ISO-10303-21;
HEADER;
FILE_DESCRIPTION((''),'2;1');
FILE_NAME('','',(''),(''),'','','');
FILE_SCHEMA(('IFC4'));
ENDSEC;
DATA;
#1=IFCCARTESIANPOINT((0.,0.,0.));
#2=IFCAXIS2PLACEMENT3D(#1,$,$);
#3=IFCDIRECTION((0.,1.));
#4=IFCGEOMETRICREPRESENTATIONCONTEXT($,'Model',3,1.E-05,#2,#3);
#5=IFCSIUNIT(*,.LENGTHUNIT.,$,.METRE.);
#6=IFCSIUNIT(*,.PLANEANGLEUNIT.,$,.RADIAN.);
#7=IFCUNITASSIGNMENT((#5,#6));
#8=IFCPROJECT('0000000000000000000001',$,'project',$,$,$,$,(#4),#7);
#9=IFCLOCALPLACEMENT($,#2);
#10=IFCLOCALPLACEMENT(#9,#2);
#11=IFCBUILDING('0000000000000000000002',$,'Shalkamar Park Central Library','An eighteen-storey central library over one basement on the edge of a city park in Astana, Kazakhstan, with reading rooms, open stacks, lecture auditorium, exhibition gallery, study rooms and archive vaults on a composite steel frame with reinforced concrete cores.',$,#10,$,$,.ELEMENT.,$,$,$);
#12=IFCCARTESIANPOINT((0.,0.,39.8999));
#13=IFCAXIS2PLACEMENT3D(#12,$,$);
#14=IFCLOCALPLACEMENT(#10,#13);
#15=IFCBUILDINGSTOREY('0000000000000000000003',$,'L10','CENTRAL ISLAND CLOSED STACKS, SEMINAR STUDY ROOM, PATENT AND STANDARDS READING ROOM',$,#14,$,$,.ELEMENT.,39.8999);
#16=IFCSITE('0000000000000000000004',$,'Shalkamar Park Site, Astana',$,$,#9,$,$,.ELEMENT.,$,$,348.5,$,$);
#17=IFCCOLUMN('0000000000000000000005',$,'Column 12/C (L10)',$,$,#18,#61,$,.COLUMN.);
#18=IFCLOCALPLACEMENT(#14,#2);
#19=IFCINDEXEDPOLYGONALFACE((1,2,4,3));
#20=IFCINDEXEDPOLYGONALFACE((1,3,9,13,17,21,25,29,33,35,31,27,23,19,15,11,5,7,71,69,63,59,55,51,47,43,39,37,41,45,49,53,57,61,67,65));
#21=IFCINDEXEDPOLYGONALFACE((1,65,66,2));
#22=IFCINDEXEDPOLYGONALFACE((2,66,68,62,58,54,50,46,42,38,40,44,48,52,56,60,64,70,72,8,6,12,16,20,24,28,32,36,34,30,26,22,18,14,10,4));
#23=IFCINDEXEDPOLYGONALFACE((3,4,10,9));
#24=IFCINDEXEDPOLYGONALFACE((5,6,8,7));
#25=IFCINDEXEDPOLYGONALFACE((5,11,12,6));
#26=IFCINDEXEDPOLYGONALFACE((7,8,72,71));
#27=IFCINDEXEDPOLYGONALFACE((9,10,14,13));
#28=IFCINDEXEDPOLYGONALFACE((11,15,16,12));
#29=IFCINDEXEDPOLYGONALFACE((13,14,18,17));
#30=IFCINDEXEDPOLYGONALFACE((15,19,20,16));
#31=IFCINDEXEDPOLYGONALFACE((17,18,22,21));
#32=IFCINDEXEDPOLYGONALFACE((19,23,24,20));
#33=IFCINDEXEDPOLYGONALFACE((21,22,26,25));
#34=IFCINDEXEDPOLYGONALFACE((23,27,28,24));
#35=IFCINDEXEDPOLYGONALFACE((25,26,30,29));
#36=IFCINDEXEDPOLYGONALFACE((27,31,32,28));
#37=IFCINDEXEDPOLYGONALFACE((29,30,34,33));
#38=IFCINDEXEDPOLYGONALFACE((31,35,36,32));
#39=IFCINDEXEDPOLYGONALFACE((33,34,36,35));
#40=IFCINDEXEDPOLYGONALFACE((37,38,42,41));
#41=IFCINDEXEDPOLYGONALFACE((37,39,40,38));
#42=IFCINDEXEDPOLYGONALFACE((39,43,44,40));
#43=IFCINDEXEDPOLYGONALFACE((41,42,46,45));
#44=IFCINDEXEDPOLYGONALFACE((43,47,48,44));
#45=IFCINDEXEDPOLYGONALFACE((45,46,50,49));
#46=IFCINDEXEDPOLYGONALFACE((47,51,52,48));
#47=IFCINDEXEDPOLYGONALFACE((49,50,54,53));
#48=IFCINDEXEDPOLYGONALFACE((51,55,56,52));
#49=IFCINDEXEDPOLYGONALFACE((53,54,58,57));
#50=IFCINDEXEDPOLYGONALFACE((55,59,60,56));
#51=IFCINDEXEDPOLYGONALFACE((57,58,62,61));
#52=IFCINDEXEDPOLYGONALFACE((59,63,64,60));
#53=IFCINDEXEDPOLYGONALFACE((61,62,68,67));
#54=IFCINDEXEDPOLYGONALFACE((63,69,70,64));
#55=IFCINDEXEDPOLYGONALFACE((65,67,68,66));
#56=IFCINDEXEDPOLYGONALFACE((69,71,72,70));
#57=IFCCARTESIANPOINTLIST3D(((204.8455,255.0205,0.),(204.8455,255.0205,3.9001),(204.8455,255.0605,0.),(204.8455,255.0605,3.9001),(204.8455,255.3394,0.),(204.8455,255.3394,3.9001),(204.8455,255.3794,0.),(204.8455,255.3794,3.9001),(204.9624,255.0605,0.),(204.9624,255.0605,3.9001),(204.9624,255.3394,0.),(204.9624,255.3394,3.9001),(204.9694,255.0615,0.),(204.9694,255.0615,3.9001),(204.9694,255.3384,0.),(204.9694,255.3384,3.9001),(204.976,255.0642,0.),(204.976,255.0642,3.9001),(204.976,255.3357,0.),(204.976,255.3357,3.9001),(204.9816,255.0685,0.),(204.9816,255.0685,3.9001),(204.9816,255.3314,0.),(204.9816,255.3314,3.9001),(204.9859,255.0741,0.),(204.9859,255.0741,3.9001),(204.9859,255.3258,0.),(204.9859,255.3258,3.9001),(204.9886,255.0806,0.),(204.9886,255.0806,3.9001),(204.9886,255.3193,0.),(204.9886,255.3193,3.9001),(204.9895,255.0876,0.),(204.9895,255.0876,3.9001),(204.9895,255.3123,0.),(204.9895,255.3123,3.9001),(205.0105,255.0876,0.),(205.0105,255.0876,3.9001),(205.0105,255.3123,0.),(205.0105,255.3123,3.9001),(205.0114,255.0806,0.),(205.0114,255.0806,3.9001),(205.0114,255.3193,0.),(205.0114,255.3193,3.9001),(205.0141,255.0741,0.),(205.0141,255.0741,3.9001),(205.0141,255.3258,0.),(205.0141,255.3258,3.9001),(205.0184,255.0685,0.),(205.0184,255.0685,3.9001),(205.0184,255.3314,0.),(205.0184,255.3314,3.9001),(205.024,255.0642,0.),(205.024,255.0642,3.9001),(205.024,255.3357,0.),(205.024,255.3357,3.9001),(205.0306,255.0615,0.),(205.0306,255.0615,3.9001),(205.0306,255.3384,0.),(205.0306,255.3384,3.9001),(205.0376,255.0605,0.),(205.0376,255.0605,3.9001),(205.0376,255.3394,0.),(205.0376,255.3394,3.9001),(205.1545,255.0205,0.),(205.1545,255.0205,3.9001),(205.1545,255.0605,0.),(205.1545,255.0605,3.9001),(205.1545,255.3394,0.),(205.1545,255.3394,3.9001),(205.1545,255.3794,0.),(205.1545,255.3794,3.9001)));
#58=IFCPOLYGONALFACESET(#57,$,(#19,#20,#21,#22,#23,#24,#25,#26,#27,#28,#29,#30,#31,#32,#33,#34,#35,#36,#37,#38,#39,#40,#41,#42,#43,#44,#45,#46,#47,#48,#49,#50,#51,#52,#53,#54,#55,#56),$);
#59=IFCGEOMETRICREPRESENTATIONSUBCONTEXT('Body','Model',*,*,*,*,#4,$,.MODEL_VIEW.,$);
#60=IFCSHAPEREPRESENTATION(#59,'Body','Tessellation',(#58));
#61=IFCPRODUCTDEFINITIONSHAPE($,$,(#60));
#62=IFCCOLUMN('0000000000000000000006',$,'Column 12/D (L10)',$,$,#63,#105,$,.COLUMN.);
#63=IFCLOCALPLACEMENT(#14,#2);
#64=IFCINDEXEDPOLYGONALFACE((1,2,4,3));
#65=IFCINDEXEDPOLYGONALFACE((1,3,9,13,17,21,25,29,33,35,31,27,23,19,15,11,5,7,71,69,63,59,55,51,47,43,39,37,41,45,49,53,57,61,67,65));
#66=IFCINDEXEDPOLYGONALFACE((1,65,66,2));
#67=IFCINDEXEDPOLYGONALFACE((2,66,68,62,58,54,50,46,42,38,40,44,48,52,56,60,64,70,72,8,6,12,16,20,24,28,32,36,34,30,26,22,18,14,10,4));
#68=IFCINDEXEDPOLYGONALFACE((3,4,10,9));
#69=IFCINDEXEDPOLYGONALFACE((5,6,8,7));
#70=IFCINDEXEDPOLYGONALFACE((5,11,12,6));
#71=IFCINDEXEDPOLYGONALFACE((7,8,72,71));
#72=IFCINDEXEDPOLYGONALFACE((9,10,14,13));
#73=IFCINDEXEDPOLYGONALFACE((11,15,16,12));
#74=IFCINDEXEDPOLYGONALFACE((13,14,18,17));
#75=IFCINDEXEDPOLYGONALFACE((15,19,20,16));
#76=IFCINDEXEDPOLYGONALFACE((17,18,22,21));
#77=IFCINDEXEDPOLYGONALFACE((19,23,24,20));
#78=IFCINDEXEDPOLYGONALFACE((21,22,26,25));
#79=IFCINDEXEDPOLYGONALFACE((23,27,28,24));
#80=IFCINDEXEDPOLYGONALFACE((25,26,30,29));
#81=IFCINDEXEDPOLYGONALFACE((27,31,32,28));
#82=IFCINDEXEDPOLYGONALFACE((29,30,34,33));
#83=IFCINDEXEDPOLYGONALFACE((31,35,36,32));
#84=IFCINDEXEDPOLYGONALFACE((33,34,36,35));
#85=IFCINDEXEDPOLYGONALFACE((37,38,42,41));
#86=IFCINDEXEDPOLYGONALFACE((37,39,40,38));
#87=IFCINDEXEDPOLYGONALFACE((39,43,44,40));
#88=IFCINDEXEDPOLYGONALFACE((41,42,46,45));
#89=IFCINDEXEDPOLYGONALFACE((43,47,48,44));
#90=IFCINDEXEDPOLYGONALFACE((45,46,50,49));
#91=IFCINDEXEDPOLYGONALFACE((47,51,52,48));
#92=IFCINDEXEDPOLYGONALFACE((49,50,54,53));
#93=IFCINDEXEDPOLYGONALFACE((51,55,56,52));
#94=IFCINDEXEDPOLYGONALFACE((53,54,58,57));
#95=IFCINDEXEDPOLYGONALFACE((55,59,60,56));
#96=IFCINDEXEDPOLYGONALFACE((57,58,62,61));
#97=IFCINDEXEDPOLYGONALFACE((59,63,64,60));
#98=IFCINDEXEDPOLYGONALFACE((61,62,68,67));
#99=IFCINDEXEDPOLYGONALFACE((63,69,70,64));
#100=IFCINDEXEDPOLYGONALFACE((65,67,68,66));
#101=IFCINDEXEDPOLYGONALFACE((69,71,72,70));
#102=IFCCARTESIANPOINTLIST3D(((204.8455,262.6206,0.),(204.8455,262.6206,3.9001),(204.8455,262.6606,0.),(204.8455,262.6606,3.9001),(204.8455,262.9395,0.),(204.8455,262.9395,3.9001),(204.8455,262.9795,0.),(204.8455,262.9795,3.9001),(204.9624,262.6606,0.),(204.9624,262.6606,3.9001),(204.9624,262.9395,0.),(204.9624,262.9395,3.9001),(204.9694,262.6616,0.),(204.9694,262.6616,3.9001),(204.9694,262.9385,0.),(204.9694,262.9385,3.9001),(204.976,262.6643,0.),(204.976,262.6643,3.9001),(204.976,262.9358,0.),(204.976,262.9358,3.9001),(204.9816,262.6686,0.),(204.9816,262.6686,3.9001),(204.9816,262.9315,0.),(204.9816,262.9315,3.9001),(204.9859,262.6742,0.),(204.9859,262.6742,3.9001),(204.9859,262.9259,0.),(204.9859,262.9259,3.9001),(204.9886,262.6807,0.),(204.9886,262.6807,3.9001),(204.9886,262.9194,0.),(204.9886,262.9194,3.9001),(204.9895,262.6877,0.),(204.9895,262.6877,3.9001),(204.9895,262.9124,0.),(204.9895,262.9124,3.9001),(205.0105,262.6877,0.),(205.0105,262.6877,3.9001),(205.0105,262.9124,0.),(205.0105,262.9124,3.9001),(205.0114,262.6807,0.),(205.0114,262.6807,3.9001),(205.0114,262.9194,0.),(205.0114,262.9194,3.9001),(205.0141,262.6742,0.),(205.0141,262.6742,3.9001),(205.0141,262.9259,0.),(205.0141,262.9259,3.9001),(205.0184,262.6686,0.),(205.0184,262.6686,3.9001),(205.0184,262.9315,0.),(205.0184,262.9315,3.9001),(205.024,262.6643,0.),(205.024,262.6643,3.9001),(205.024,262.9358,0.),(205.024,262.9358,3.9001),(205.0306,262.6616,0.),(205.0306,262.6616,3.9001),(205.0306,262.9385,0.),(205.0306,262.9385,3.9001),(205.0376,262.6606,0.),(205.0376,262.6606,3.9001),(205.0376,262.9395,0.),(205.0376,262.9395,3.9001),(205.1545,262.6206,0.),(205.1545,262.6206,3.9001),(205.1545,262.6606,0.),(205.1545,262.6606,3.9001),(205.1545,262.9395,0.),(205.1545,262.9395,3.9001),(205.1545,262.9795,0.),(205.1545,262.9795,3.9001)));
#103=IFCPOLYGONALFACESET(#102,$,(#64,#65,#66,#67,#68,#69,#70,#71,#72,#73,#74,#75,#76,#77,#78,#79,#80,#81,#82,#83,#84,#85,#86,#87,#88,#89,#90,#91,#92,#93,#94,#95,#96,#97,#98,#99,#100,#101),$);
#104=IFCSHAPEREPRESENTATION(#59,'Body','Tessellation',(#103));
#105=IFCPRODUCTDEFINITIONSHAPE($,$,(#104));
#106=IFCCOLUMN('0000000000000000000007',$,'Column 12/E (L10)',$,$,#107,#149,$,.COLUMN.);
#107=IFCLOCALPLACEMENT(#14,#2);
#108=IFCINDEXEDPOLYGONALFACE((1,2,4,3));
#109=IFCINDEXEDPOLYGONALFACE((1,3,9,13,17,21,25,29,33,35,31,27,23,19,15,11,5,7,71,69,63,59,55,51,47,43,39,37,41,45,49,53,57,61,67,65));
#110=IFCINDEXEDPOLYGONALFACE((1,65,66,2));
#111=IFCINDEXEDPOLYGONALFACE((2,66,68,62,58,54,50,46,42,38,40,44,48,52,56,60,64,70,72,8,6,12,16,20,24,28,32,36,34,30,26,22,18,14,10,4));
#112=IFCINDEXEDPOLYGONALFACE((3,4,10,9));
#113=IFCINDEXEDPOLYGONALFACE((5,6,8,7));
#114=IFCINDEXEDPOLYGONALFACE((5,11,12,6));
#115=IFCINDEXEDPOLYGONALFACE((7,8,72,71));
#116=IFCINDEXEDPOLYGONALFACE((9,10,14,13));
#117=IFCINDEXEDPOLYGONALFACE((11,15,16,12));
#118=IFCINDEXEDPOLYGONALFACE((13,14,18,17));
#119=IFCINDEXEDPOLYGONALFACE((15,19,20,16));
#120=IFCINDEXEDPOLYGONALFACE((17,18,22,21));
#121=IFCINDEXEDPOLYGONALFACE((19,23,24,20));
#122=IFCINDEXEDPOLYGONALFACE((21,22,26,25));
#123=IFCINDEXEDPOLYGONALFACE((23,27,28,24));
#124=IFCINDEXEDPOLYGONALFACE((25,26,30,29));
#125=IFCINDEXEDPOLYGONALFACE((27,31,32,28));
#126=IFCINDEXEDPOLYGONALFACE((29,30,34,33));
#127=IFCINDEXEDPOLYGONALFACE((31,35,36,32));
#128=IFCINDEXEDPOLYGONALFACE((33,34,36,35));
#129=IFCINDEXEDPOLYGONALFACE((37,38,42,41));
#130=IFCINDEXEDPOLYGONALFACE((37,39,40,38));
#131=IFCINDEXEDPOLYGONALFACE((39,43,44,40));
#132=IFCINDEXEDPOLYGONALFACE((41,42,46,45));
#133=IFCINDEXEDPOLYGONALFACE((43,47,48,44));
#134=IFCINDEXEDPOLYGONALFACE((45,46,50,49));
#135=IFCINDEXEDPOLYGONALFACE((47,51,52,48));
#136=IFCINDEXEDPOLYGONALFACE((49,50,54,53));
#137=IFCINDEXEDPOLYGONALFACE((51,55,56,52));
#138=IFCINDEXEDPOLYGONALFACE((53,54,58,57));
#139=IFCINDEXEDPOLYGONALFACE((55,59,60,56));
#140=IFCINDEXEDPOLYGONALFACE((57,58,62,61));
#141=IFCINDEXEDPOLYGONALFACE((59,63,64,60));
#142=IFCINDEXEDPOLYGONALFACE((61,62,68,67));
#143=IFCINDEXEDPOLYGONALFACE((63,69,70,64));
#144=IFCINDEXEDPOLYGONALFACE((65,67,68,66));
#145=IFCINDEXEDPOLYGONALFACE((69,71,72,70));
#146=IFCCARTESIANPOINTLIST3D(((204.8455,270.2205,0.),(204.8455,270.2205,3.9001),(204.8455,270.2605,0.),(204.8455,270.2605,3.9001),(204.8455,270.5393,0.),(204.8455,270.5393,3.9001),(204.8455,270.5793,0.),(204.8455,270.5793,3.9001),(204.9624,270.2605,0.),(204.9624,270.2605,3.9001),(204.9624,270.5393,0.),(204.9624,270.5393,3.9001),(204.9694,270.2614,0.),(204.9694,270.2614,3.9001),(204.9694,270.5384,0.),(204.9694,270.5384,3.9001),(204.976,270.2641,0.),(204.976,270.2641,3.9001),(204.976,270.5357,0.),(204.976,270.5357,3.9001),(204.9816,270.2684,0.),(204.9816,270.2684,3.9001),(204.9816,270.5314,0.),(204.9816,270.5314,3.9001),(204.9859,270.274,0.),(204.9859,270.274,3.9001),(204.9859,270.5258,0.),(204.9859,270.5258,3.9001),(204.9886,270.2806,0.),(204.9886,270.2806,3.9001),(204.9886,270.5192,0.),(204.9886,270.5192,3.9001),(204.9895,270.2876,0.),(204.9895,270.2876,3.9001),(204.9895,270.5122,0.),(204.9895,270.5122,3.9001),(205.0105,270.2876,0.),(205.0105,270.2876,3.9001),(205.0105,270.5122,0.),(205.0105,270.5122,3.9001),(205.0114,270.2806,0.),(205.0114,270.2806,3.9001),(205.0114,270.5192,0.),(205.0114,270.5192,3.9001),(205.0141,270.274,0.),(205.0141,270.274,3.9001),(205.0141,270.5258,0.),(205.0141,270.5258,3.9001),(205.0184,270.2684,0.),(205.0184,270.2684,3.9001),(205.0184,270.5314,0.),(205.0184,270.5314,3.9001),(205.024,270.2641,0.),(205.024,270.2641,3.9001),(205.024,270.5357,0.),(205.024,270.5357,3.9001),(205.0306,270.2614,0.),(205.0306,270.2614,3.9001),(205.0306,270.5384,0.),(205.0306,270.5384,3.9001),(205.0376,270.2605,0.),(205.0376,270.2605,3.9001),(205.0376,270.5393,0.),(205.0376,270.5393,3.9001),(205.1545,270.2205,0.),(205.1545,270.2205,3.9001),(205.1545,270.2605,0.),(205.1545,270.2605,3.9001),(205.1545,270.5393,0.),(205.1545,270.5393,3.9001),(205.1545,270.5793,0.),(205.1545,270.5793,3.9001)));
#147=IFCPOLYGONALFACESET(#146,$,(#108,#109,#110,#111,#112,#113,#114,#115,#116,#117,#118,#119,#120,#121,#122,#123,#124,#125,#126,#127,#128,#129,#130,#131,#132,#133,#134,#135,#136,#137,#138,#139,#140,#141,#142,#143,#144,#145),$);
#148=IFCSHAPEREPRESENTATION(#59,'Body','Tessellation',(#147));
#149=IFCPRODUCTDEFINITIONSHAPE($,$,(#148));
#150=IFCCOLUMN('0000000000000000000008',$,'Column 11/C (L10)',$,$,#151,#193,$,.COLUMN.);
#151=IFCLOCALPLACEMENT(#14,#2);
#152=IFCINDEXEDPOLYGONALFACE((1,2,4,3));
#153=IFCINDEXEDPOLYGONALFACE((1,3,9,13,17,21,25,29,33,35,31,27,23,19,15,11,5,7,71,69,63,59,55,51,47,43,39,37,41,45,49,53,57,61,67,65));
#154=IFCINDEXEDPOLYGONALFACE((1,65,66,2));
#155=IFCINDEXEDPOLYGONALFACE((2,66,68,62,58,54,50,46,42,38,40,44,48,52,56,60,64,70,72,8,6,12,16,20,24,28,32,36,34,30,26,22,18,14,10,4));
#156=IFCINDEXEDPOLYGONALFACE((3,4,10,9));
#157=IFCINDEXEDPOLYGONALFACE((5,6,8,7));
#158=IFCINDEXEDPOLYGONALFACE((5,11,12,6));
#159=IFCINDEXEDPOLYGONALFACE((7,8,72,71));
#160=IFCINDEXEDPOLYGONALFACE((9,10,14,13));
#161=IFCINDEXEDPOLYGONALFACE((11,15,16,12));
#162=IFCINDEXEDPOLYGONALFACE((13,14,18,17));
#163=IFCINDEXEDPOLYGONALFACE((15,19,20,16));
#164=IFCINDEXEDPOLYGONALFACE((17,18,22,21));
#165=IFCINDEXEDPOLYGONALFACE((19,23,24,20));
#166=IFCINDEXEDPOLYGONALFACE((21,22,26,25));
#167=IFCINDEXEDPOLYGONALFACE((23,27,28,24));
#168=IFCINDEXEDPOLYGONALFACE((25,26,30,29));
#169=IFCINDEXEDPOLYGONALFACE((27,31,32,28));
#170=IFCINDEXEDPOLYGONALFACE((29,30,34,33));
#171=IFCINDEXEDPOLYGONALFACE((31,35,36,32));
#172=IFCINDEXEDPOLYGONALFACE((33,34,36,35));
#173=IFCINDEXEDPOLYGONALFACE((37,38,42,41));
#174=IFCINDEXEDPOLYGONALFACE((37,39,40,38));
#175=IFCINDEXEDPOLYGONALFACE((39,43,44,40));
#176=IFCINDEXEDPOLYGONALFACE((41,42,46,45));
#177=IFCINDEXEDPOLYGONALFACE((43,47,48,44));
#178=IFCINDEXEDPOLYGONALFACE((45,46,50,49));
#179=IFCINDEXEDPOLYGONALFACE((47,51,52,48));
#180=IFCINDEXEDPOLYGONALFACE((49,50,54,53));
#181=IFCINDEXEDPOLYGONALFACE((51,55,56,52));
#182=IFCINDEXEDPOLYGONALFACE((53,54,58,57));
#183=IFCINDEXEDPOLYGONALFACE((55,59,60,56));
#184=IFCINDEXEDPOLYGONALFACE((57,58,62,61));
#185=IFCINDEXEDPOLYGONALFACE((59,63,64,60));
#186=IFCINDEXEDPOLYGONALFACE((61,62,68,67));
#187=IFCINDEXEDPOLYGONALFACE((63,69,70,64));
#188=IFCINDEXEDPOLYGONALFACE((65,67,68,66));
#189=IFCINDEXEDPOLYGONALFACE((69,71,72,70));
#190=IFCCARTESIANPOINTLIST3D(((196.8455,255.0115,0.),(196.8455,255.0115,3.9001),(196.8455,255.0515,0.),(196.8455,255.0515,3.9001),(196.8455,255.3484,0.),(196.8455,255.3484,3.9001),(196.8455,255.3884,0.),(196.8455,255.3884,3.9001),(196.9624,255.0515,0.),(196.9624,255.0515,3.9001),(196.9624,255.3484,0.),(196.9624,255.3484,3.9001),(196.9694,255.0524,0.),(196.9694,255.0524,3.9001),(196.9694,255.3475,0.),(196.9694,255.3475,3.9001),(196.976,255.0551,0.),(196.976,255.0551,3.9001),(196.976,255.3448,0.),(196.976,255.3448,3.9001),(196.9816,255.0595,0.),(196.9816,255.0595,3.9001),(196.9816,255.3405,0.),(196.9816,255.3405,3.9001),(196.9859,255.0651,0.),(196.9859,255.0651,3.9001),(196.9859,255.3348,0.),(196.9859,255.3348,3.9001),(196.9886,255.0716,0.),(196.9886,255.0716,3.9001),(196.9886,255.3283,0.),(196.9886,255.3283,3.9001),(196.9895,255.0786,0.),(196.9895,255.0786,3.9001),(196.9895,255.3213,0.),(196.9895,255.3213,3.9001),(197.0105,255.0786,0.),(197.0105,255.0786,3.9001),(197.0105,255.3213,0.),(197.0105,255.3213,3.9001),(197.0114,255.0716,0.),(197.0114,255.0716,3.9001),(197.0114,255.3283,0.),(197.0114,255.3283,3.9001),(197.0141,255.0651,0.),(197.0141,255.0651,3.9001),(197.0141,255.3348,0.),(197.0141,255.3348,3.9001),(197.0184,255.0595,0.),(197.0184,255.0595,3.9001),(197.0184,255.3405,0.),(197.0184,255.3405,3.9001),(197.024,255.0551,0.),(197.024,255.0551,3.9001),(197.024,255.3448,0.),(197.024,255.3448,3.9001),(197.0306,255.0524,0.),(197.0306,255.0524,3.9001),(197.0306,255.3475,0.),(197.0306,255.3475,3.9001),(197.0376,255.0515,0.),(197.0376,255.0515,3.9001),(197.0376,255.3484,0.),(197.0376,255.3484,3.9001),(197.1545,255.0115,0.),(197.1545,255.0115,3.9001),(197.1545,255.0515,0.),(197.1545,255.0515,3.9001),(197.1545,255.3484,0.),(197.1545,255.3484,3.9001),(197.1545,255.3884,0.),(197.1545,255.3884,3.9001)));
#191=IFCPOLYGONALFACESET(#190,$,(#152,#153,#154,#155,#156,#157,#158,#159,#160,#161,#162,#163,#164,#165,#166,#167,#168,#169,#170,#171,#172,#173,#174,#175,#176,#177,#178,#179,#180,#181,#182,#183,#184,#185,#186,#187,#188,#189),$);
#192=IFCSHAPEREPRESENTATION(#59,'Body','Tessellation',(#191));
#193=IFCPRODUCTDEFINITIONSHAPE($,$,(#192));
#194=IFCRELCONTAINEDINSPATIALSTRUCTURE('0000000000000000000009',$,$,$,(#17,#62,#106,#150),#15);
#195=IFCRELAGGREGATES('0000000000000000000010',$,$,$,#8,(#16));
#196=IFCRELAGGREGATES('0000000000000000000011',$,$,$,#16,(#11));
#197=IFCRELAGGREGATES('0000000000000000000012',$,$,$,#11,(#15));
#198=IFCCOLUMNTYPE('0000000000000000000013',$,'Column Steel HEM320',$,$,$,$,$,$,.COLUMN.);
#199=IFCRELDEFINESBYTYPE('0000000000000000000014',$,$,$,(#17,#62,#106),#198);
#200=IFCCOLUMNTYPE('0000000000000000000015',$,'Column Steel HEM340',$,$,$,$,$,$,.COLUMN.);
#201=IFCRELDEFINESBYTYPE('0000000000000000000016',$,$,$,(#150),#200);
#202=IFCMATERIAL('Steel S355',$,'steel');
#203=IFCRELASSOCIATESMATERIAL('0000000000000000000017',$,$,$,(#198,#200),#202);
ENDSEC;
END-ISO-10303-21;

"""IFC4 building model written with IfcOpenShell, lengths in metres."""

from ifc_helpers import new_model, si_unit, direction, frame, origin, origin_2d, place, context, subcontext, project, spatial, i_section, extrude, material, material_profile, profile_set, type_object, element, save


model = new_model("IFC4")

# Units and contexts
model_context = context("Model", 3, precision=1e-05, world=origin(), true_north=direction((0.0, 1.0)))
body_context = subcontext(model_context, "Body", "Model", "MODEL_VIEW")
ifc_project = project(units=[si_unit("LENGTHUNIT", "METRE"), si_unit("PLANEANGLEUNIT", "RADIAN")], contexts=[model_context])

# Site, building, storey
site_placement = place(None, origin())
site = spatial("IfcSite", under=ifc_project, at=site_placement, Name="Shalkamar Park Site, Astana", CompositionType="ELEMENT", RefElevation=348.5)
building_placement = place(site_placement, origin())
building = spatial("IfcBuilding", under=site, at=building_placement, Name="Shalkamar Park Central Library", Description="An eighteen-storey central library over one basement on the edge of a city park in Astana, Kazakhstan, with reading rooms, open stacks, lecture auditorium, exhibition gallery, study rooms and archive vaults on a composite steel frame with reinforced concrete cores.", CompositionType="ELEMENT")
storey_placement = place(building_placement, frame((0.0, 0.0, 39.8999)))
storey = spatial("IfcBuildingStorey", under=building, at=storey_placement, Name="L10", Description="CENTRAL ISLAND CLOSED STACKS, SEMINAR STUDY ROOM, PATENT AND STANDARDS READING ROOM", CompositionType="ELEMENT", Elevation=39.8999)

# Columns
ifc_material_1 = material(Name="Steel S355", Category="steel")
ifc_material_profile_1 = material_profile(ifc_material_1, i_section(OverallWidth=0.3091, OverallDepth=0.3589, WebThickness=0.021, FlangeThickness=0.04, FilletRadius=0.0271, at=origin_2d()), Name="HEM 320")
ifc_profile_set_1 = profile_set([ifc_material_profile_1], Name="Steel S355")
column_type_1 = type_object("IfcColumnType", Name="Column Steel HEM320", PredefinedType="COLUMN", material=ifc_profile_set_1)
for number, where, z_axis, x_axis, name in (
    (1, (205.0, 255.2, 0.0), (0.0, 0.0, 1.0), (1.0, 0.0, 0.0), "Column 12/C (L10)"),
    (2, (205.0, 262.8, 0.0), (0.0, 0.0, 1.0), (1.0, 0.0, 0.0), "Column 12/D (L10)"),
    (3, (205.0, 270.3999, 0.0), (0.0, 0.0, 1.0), (1.0, 0.0, 0.0), "Column 12/E (L10)"),
):
    element("IfcColumn", number, at=place(storey_placement, frame(where, z_axis=z_axis, x_axis=x_axis)), inside=storey, type_object=column_type_1, Name=name, PredefinedType="COLUMN", context=body_context, shape_type="SweptSolid", body=[
        extrude(i_section(OverallWidth=0.3091, OverallDepth=0.3589, WebThickness=0.021, FlangeThickness=0.04, FilletRadius=0.0271, at=origin_2d()), origin(), (0.0, 0.0, 1.0), 3.9001),
    ])
ifc_material_profile_2 = material_profile(ifc_material_1, i_section(OverallWidth=0.3091, OverallDepth=0.377, WebThickness=0.021, FlangeThickness=0.04, FilletRadius=0.0271, at=origin_2d()), Name="HEM 340")
ifc_profile_set_2 = profile_set([ifc_material_profile_2], Name="Steel S355")
column_type_2 = type_object("IfcColumnType", Name="Column Steel HEM340", PredefinedType="COLUMN", material=ifc_profile_set_2)
for number, where, z_axis, x_axis, name in (
    (4, (197.0, 255.2, 0.0), (0.0, 0.0, 1.0), (1.0, 0.0, 0.0), "Column 11/C (L10)"),
):
    element("IfcColumn", number, at=place(storey_placement, frame(where, z_axis=z_axis, x_axis=x_axis)), inside=storey, type_object=column_type_2, Name=name, PredefinedType="COLUMN", context=body_context, shape_type="SweptSolid", body=[
        extrude(i_section(OverallWidth=0.3091, OverallDepth=0.377, WebThickness=0.021, FlangeThickness=0.04, FilletRadius=0.0271, at=origin_2d()), origin(), (0.0, 0.0, 1.0), 3.9001),
    ])

save(model, "model.ifc")
